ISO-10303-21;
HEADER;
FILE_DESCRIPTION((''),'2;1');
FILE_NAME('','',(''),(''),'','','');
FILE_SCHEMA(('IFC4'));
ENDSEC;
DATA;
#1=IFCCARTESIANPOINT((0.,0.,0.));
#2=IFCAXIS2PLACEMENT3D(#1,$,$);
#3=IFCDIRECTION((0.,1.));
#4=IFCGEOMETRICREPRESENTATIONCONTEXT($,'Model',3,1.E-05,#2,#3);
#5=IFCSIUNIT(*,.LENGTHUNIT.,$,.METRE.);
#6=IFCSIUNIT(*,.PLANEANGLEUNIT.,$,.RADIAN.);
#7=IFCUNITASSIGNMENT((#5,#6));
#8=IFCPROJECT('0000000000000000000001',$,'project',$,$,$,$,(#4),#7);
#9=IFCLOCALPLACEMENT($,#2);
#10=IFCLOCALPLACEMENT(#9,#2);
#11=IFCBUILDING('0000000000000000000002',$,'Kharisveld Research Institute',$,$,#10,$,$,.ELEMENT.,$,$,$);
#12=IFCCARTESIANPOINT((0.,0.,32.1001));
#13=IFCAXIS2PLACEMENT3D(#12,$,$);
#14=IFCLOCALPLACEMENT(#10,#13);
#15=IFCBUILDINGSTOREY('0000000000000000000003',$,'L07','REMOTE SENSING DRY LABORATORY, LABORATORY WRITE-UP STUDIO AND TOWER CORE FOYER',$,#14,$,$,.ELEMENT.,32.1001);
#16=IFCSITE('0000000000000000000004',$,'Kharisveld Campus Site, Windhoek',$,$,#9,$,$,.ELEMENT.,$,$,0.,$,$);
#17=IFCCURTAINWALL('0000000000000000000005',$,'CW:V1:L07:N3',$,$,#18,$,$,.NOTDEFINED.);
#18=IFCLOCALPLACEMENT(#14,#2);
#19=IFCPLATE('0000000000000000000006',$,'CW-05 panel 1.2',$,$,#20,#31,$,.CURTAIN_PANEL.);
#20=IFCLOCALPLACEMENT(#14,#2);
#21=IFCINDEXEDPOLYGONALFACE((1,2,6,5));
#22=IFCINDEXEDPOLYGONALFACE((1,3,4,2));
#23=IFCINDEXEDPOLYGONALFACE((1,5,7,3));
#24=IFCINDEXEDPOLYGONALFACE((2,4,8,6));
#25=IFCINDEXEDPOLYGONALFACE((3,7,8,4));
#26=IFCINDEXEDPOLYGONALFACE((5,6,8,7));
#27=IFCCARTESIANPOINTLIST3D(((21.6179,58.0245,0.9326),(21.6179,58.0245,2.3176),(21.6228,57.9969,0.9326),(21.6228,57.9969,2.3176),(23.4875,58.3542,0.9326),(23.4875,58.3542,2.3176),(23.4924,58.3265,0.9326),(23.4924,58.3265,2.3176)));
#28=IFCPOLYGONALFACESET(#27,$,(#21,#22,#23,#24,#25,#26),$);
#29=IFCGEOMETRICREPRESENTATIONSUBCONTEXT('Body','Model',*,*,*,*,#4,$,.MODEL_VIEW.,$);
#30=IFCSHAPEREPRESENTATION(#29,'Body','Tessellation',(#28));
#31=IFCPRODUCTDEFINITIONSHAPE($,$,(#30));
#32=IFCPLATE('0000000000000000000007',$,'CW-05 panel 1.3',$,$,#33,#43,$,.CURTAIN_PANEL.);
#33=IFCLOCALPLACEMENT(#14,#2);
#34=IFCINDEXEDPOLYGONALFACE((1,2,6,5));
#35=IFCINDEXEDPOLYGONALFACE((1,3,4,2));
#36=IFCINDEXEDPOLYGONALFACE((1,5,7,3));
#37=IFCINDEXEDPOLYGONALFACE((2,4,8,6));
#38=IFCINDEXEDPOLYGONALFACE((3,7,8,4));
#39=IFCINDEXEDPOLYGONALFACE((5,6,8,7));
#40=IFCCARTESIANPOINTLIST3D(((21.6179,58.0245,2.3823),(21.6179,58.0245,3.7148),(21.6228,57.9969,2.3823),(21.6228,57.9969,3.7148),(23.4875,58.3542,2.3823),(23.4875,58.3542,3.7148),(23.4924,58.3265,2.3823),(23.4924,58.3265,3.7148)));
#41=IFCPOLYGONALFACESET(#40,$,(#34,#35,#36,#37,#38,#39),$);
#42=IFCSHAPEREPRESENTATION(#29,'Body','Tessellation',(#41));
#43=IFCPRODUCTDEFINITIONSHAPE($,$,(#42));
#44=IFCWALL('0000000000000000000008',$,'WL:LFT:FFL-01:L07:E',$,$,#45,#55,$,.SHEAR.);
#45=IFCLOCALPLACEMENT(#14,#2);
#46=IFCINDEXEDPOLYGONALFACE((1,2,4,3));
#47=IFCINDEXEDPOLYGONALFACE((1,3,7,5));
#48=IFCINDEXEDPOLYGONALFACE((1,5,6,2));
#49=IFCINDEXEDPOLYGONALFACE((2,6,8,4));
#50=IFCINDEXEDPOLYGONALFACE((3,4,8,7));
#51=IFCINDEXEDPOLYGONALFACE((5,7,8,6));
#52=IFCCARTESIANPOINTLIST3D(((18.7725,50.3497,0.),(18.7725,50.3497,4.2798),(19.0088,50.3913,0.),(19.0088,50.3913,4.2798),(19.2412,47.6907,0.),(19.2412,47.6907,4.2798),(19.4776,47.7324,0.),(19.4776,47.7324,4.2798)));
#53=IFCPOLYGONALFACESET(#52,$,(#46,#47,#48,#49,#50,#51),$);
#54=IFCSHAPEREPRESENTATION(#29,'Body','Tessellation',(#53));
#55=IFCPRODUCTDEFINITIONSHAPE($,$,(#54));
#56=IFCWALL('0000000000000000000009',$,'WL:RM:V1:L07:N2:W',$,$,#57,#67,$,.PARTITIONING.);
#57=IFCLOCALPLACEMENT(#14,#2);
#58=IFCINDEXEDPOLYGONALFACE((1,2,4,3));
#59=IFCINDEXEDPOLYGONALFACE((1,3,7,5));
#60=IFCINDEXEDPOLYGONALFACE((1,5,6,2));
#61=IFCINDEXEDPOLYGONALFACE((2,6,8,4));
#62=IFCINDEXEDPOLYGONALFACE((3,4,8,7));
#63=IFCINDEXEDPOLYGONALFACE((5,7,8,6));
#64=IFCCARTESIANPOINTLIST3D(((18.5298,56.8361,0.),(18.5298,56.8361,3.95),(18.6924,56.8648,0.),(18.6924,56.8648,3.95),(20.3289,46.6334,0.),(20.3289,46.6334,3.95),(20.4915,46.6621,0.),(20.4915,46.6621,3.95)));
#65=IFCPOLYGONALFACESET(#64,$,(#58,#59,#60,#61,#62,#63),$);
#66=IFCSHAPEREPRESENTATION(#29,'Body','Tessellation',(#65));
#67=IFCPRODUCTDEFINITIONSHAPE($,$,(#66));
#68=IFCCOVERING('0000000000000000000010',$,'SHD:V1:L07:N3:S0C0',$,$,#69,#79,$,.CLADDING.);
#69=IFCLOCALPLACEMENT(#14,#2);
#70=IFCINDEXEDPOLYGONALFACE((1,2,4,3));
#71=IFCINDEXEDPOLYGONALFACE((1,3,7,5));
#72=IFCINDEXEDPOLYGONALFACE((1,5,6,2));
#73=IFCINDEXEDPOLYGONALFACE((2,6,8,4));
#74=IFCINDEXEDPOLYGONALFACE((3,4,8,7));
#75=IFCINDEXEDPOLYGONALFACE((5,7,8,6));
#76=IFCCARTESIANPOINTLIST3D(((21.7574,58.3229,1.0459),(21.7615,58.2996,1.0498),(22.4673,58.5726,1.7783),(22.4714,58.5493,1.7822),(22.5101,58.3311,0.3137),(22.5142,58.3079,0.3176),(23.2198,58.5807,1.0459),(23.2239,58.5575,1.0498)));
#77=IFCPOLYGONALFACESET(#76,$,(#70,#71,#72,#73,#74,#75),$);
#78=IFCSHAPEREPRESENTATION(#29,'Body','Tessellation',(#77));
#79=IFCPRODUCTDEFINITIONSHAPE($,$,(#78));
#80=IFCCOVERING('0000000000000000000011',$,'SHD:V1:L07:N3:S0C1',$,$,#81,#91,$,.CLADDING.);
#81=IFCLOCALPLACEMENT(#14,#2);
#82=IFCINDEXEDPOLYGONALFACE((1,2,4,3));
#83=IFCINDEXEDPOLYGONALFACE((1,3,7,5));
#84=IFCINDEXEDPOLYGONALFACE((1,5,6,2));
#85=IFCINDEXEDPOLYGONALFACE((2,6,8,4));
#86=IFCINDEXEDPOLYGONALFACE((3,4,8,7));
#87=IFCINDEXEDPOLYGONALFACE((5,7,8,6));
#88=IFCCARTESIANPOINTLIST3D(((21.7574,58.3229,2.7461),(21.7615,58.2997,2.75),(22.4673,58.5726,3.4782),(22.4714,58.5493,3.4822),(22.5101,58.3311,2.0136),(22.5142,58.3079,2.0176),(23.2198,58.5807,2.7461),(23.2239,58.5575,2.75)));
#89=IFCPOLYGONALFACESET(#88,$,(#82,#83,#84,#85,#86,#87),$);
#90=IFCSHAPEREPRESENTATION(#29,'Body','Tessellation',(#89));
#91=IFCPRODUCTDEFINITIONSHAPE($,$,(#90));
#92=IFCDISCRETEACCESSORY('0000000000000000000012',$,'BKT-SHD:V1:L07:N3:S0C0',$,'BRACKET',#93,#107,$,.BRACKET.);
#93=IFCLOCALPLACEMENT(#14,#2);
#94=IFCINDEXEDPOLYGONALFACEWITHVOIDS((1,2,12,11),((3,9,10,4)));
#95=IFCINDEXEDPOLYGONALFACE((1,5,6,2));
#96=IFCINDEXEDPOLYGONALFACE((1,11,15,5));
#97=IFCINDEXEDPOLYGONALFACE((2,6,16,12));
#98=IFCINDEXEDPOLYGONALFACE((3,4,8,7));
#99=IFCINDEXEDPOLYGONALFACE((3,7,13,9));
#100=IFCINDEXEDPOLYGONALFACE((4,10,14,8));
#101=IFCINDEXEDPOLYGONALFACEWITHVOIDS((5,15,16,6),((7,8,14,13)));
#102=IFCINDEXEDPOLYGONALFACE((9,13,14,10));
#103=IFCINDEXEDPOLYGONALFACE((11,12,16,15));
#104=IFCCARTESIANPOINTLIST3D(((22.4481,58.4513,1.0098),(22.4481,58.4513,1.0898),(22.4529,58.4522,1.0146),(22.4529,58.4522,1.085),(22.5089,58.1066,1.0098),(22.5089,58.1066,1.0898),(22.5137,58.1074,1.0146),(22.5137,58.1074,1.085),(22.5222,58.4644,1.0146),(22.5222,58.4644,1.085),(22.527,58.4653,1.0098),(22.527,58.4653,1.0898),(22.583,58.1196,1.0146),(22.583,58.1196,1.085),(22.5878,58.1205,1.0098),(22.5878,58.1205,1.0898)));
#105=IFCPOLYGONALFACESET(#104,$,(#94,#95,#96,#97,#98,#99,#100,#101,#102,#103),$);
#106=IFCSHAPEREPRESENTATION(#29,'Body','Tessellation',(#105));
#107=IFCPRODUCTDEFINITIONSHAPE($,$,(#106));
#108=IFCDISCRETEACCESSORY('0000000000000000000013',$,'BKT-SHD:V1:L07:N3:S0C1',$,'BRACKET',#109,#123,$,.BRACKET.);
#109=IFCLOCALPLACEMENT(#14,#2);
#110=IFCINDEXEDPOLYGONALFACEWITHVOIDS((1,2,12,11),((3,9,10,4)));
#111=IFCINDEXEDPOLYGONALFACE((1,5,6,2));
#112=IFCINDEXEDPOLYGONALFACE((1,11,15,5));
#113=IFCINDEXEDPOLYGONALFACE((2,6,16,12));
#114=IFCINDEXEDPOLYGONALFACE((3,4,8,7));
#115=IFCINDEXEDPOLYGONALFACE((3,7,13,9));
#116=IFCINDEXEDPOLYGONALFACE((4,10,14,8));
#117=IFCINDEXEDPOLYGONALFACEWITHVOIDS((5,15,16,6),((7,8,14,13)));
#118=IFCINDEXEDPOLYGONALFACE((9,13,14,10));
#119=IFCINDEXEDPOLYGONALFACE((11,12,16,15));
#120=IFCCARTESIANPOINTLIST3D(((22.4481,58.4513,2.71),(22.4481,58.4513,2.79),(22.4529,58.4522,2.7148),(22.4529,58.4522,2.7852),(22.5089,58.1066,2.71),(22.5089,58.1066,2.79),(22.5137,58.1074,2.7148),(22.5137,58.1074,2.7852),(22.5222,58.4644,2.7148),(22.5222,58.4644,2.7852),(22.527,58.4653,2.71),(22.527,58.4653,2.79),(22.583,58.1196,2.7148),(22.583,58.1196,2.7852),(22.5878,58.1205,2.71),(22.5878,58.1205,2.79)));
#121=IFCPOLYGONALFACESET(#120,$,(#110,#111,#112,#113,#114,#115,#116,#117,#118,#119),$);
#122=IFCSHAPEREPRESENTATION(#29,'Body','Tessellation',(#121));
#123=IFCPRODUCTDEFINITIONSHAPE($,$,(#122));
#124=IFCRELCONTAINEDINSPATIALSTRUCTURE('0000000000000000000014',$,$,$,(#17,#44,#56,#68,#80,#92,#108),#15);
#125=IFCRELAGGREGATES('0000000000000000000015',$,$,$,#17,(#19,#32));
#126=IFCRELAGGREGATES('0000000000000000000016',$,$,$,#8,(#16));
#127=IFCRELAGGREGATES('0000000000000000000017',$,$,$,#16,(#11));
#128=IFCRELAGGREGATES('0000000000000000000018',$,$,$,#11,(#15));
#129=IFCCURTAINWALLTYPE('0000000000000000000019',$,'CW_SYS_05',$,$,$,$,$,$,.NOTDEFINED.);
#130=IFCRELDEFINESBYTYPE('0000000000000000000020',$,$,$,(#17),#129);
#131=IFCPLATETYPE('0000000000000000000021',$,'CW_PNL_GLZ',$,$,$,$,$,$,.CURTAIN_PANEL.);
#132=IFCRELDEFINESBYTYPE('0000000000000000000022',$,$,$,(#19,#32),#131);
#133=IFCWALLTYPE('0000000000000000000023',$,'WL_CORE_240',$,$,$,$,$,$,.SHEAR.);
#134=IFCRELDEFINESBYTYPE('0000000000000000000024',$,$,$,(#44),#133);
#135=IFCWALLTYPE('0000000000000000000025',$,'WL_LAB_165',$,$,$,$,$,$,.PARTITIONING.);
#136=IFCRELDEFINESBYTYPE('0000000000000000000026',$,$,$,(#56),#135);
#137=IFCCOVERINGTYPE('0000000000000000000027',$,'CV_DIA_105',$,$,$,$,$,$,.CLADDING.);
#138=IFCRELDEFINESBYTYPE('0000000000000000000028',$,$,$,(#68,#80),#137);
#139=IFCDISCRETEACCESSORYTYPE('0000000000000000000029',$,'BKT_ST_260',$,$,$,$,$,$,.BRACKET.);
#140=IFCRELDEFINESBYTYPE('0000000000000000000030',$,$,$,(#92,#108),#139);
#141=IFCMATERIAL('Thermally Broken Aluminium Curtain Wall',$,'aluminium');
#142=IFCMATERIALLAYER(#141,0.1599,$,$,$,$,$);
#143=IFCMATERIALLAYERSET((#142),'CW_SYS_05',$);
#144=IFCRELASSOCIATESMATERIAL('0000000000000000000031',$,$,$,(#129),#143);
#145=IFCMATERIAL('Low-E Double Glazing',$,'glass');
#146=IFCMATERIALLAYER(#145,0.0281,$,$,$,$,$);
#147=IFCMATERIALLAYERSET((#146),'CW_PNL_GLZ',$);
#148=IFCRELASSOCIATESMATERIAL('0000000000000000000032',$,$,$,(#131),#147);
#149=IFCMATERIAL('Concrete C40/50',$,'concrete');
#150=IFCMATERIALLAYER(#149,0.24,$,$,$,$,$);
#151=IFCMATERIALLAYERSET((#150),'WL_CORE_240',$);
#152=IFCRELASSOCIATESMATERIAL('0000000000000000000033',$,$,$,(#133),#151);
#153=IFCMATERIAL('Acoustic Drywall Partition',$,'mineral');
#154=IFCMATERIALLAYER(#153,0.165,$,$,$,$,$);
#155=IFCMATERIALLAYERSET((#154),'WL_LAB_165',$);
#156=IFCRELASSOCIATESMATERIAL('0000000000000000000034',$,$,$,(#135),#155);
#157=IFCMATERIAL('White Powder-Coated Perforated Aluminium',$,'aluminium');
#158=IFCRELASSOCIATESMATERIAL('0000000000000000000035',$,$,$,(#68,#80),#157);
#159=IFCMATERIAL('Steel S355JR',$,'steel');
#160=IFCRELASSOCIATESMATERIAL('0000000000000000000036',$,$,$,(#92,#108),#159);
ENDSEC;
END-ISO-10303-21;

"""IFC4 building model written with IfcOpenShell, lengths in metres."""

from ifc_helpers import new_model, si_unit, direction, frame, frame_2d, origin, origin_2d, place, context, subcontext, project, spatial, polyline, rectangle, hollow_rectangle, outline, extrude, material, layer, layer_set, type_object, element, aggregate, save


model = new_model("IFC4")

# Units and contexts
model_context = context("Model", 3, precision=1e-05, world=origin(), true_north=direction((0.0, 1.0)))
body_context = subcontext(model_context, "Body", "Model", "MODEL_VIEW")
ifc_project = project(units=[si_unit("LENGTHUNIT", "METRE"), si_unit("PLANEANGLEUNIT", "RADIAN")], contexts=[model_context])

# Site, building, storey
site_placement = place(None, origin())
site = spatial("IfcSite", under=ifc_project, at=site_placement, Name="Kharisveld Campus Site, Windhoek", CompositionType="ELEMENT", RefElevation=0.0)
building_placement = place(site_placement, origin())
building = spatial("IfcBuilding", under=site, at=building_placement, Name="Kharisveld Research Institute", CompositionType="ELEMENT")
storey_placement = place(building_placement, frame((0.0, 0.0, 32.1001)))
storey = spatial("IfcBuildingStorey", under=building, at=storey_placement, Name="L07", Description="REMOTE SENSING DRY LABORATORY, LABORATORY WRITE-UP STUDIO AND TOWER CORE FOYER", CompositionType="ELEMENT", Elevation=32.1001)

# Curtain wall
ifc_material_1 = material(Name="Thermally Broken Aluminium Curtain Wall", Category="aluminium")
ifc_layer_1 = layer(ifc_material_1, 0.1599)
ifc_layer_set_1 = layer_set([ifc_layer_1], Name="CW_SYS_05")
curtain_wall_type_1 = type_object("IfcCurtainWallType", Name="CW_SYS_05", PredefinedType="NOTDEFINED", material=ifc_layer_set_1)
curtain_wall_1_placement = place(storey_placement, origin())
curtain_wall_1 = element("IfcCurtainWall", 1, at=curtain_wall_1_placement, inside=storey, type_object=curtain_wall_type_1, Name="CW:V1:L07:N3", PredefinedType="NOTDEFINED")

# Plates
ifc_material_2 = material(Name="Low-E Double Glazing", Category="glass")
ifc_layer_2 = layer(ifc_material_2, 0.0281)
ifc_layer_set_2 = layer_set([ifc_layer_2], Name="CW_PNL_GLZ")
plate_type = type_object("IfcPlateType", Name="CW_PNL_GLZ", PredefinedType="CURTAIN_PANEL", material=ifc_layer_set_2)
plate_1_placement = place(storey_placement, frame((22.5552, 58.1755, 0.9326), z_axis=(0.0, 0.0, 1.0), x_axis=(0.984808, 0.173648, 0.0)))
plate_1 = element("IfcPlate", 2, at=plate_1_placement, type_object=plate_type, Name="CW-05 panel 1.2", PredefinedType="CURTAIN_PANEL", context=body_context, shape_type="SweptSolid", body=[
    extrude(rectangle(XDim=1.8984, YDim=0.0281, at=origin_2d()), origin(), (0.0, 0.0, 1.0), 1.385),
])
plate_2_placement = place(storey_placement, frame((22.5552, 58.1755, 2.3823), z_axis=(0.0, 0.0, 1.0), x_axis=(0.984808, 0.173648, 0.0)))
plate_2 = element("IfcPlate", 3, at=plate_2_placement, type_object=plate_type, Name="CW-05 panel 1.3", PredefinedType="CURTAIN_PANEL", context=body_context, shape_type="SweptSolid", body=[
    extrude(rectangle(XDim=1.8984, YDim=0.0281, at=origin_2d()), origin(), (0.0, 0.0, 1.0), 1.3325),
])
aggregate(curtain_wall_1, [plate_1, plate_2])

# Walls
ifc_material_3 = material(Name="Concrete C40/50", Category="concrete")
ifc_layer_3 = layer(ifc_material_3, 0.24)
ifc_layer_set_3 = layer_set([ifc_layer_3], Name="WL_CORE_240")
wall_type_1 = type_object("IfcWallType", Name="WL_CORE_240", PredefinedType="SHEAR", material=ifc_layer_set_3)
wall_1_placement = place(storey_placement, frame((18.8906, 50.3706, 0.0), z_axis=(0.0, 0.0, 1.0), x_axis=(0.173615, -0.984814, 0.0)))
element("IfcWall", 4, at=wall_1_placement, inside=storey, type_object=wall_type_1, Name="WL:LFT:FFL-01:L07:E", PredefinedType="SHEAR", context=body_context, shape_type="SweptSolid", body=[
    extrude(rectangle(XDim=2.7, YDim=0.24, at=frame_2d((1.3501, 0.0))), origin(), (0.0, 0.0, 1.0), 4.2798),
])
ifc_material_4 = material(Name="Acoustic Drywall Partition", Category="mineral")
ifc_layer_4 = layer(ifc_material_4, 0.165)
ifc_layer_set_4 = layer_set([ifc_layer_4], Name="WL_LAB_165")
wall_type_2 = type_object("IfcWallType", Name="WL_LAB_165", PredefinedType="PARTITIONING", material=ifc_layer_set_4)
wall_2_placement = place(storey_placement, frame((18.6111, 56.8506, 0.0), z_axis=(0.0, 0.0, 1.0), x_axis=(0.173655, -0.984807, 0.0)))
element("IfcWall", 5, at=wall_2_placement, inside=storey, type_object=wall_type_2, Name="WL:RM:V1:L07:N2:W", PredefinedType="PARTITIONING", context=body_context, shape_type="SweptSolid", body=[
    extrude(rectangle(XDim=10.3601, YDim=0.165, at=frame_2d((5.1802, 0.0))), origin(), (0.0, 0.0, 1.0), 3.95),
])

# Coverings
ifc_material_5 = material(Name="White Powder-Coated Perforated Aluminium", Category="aluminium")
covering_type = type_object("IfcCoveringType", Name="CV_DIA_105", PredefinedType="CLADDING")
covering_1_placement = place(storey_placement, frame((22.5142, 58.3079, 0.3176), z_axis=(0.171233, -0.971295, 0.165124), x_axis=(0.676051, 0.237752, 0.697445)))
element("IfcCovering", 6, at=covering_1_placement, inside=storey, type_object=covering_type, material=ifc_material_5, Name="SHD:V1:L07:N3:S0C0", PredefinedType="CLADDING", context=body_context, shape_type="SweptSolid", body=[
    extrude(outline(polyline([(0.0, 0.0), (1.0498, 0.0), (1.05, 1.0501), (-0.0001, 1.0501), (0.0, 0.0)])), origin(), (0.0, 0.0, -1.0), 0.0239),
])
covering_2_placement = place(storey_placement, frame((22.5142, 58.3079, 2.0176), z_axis=(0.171233, -0.971295, 0.165124), x_axis=(0.675935, 0.23775, 0.697558)))
element("IfcCovering", 7, at=covering_2_placement, inside=storey, type_object=covering_type, material=ifc_material_5, Name="SHD:V1:L07:N3:S0C1", PredefinedType="CLADDING", context=body_context, shape_type="SweptSolid", body=[
    extrude(outline(polyline([(0.0, 0.0), (1.05, 0.0), (1.0502, 1.0499), (0.0002, 1.0503), (0.0, 0.0)])), origin(), (0.0, 0.0, -1.0), 0.0239),
])

# Discrete accessories
ifc_material_6 = material(Name="Steel S355JR", Category="steel")
discrete_accessory_type = type_object("IfcDiscreteAccessoryType", Name="BKT_ST_260", PredefinedType="BRACKET")
for number, where, z_axis, x_axis, name in (
    (8, (22.5483, 58.1135, 1.0498), (-0.173666, 0.984805, 0.0), (-0.984805, -0.173666, 0.0), "BKT-SHD:V1:L07:N3:S0C0"),
    (9, (22.5483, 58.1135, 2.75), (-0.173666, 0.984805, 0.0), (-0.984805, -0.173666, 0.0), "BKT-SHD:V1:L07:N3:S0C1"),
):
    element("IfcDiscreteAccessory", number, at=place(storey_placement, frame(where, z_axis=z_axis, x_axis=x_axis)), inside=storey, type_object=discrete_accessory_type, material=ifc_material_6, Name=name, ObjectType="BRACKET", PredefinedType="BRACKET", context=body_context, shape_type="SweptSolid", body=[
        extrude(hollow_rectangle(XDim=0.0801, YDim=0.0801, WallThickness=0.0049, at=origin_2d()), origin(), (0.0, 0.0, 1.0), 0.3501),
    ])

save(model, "model.ifc")
